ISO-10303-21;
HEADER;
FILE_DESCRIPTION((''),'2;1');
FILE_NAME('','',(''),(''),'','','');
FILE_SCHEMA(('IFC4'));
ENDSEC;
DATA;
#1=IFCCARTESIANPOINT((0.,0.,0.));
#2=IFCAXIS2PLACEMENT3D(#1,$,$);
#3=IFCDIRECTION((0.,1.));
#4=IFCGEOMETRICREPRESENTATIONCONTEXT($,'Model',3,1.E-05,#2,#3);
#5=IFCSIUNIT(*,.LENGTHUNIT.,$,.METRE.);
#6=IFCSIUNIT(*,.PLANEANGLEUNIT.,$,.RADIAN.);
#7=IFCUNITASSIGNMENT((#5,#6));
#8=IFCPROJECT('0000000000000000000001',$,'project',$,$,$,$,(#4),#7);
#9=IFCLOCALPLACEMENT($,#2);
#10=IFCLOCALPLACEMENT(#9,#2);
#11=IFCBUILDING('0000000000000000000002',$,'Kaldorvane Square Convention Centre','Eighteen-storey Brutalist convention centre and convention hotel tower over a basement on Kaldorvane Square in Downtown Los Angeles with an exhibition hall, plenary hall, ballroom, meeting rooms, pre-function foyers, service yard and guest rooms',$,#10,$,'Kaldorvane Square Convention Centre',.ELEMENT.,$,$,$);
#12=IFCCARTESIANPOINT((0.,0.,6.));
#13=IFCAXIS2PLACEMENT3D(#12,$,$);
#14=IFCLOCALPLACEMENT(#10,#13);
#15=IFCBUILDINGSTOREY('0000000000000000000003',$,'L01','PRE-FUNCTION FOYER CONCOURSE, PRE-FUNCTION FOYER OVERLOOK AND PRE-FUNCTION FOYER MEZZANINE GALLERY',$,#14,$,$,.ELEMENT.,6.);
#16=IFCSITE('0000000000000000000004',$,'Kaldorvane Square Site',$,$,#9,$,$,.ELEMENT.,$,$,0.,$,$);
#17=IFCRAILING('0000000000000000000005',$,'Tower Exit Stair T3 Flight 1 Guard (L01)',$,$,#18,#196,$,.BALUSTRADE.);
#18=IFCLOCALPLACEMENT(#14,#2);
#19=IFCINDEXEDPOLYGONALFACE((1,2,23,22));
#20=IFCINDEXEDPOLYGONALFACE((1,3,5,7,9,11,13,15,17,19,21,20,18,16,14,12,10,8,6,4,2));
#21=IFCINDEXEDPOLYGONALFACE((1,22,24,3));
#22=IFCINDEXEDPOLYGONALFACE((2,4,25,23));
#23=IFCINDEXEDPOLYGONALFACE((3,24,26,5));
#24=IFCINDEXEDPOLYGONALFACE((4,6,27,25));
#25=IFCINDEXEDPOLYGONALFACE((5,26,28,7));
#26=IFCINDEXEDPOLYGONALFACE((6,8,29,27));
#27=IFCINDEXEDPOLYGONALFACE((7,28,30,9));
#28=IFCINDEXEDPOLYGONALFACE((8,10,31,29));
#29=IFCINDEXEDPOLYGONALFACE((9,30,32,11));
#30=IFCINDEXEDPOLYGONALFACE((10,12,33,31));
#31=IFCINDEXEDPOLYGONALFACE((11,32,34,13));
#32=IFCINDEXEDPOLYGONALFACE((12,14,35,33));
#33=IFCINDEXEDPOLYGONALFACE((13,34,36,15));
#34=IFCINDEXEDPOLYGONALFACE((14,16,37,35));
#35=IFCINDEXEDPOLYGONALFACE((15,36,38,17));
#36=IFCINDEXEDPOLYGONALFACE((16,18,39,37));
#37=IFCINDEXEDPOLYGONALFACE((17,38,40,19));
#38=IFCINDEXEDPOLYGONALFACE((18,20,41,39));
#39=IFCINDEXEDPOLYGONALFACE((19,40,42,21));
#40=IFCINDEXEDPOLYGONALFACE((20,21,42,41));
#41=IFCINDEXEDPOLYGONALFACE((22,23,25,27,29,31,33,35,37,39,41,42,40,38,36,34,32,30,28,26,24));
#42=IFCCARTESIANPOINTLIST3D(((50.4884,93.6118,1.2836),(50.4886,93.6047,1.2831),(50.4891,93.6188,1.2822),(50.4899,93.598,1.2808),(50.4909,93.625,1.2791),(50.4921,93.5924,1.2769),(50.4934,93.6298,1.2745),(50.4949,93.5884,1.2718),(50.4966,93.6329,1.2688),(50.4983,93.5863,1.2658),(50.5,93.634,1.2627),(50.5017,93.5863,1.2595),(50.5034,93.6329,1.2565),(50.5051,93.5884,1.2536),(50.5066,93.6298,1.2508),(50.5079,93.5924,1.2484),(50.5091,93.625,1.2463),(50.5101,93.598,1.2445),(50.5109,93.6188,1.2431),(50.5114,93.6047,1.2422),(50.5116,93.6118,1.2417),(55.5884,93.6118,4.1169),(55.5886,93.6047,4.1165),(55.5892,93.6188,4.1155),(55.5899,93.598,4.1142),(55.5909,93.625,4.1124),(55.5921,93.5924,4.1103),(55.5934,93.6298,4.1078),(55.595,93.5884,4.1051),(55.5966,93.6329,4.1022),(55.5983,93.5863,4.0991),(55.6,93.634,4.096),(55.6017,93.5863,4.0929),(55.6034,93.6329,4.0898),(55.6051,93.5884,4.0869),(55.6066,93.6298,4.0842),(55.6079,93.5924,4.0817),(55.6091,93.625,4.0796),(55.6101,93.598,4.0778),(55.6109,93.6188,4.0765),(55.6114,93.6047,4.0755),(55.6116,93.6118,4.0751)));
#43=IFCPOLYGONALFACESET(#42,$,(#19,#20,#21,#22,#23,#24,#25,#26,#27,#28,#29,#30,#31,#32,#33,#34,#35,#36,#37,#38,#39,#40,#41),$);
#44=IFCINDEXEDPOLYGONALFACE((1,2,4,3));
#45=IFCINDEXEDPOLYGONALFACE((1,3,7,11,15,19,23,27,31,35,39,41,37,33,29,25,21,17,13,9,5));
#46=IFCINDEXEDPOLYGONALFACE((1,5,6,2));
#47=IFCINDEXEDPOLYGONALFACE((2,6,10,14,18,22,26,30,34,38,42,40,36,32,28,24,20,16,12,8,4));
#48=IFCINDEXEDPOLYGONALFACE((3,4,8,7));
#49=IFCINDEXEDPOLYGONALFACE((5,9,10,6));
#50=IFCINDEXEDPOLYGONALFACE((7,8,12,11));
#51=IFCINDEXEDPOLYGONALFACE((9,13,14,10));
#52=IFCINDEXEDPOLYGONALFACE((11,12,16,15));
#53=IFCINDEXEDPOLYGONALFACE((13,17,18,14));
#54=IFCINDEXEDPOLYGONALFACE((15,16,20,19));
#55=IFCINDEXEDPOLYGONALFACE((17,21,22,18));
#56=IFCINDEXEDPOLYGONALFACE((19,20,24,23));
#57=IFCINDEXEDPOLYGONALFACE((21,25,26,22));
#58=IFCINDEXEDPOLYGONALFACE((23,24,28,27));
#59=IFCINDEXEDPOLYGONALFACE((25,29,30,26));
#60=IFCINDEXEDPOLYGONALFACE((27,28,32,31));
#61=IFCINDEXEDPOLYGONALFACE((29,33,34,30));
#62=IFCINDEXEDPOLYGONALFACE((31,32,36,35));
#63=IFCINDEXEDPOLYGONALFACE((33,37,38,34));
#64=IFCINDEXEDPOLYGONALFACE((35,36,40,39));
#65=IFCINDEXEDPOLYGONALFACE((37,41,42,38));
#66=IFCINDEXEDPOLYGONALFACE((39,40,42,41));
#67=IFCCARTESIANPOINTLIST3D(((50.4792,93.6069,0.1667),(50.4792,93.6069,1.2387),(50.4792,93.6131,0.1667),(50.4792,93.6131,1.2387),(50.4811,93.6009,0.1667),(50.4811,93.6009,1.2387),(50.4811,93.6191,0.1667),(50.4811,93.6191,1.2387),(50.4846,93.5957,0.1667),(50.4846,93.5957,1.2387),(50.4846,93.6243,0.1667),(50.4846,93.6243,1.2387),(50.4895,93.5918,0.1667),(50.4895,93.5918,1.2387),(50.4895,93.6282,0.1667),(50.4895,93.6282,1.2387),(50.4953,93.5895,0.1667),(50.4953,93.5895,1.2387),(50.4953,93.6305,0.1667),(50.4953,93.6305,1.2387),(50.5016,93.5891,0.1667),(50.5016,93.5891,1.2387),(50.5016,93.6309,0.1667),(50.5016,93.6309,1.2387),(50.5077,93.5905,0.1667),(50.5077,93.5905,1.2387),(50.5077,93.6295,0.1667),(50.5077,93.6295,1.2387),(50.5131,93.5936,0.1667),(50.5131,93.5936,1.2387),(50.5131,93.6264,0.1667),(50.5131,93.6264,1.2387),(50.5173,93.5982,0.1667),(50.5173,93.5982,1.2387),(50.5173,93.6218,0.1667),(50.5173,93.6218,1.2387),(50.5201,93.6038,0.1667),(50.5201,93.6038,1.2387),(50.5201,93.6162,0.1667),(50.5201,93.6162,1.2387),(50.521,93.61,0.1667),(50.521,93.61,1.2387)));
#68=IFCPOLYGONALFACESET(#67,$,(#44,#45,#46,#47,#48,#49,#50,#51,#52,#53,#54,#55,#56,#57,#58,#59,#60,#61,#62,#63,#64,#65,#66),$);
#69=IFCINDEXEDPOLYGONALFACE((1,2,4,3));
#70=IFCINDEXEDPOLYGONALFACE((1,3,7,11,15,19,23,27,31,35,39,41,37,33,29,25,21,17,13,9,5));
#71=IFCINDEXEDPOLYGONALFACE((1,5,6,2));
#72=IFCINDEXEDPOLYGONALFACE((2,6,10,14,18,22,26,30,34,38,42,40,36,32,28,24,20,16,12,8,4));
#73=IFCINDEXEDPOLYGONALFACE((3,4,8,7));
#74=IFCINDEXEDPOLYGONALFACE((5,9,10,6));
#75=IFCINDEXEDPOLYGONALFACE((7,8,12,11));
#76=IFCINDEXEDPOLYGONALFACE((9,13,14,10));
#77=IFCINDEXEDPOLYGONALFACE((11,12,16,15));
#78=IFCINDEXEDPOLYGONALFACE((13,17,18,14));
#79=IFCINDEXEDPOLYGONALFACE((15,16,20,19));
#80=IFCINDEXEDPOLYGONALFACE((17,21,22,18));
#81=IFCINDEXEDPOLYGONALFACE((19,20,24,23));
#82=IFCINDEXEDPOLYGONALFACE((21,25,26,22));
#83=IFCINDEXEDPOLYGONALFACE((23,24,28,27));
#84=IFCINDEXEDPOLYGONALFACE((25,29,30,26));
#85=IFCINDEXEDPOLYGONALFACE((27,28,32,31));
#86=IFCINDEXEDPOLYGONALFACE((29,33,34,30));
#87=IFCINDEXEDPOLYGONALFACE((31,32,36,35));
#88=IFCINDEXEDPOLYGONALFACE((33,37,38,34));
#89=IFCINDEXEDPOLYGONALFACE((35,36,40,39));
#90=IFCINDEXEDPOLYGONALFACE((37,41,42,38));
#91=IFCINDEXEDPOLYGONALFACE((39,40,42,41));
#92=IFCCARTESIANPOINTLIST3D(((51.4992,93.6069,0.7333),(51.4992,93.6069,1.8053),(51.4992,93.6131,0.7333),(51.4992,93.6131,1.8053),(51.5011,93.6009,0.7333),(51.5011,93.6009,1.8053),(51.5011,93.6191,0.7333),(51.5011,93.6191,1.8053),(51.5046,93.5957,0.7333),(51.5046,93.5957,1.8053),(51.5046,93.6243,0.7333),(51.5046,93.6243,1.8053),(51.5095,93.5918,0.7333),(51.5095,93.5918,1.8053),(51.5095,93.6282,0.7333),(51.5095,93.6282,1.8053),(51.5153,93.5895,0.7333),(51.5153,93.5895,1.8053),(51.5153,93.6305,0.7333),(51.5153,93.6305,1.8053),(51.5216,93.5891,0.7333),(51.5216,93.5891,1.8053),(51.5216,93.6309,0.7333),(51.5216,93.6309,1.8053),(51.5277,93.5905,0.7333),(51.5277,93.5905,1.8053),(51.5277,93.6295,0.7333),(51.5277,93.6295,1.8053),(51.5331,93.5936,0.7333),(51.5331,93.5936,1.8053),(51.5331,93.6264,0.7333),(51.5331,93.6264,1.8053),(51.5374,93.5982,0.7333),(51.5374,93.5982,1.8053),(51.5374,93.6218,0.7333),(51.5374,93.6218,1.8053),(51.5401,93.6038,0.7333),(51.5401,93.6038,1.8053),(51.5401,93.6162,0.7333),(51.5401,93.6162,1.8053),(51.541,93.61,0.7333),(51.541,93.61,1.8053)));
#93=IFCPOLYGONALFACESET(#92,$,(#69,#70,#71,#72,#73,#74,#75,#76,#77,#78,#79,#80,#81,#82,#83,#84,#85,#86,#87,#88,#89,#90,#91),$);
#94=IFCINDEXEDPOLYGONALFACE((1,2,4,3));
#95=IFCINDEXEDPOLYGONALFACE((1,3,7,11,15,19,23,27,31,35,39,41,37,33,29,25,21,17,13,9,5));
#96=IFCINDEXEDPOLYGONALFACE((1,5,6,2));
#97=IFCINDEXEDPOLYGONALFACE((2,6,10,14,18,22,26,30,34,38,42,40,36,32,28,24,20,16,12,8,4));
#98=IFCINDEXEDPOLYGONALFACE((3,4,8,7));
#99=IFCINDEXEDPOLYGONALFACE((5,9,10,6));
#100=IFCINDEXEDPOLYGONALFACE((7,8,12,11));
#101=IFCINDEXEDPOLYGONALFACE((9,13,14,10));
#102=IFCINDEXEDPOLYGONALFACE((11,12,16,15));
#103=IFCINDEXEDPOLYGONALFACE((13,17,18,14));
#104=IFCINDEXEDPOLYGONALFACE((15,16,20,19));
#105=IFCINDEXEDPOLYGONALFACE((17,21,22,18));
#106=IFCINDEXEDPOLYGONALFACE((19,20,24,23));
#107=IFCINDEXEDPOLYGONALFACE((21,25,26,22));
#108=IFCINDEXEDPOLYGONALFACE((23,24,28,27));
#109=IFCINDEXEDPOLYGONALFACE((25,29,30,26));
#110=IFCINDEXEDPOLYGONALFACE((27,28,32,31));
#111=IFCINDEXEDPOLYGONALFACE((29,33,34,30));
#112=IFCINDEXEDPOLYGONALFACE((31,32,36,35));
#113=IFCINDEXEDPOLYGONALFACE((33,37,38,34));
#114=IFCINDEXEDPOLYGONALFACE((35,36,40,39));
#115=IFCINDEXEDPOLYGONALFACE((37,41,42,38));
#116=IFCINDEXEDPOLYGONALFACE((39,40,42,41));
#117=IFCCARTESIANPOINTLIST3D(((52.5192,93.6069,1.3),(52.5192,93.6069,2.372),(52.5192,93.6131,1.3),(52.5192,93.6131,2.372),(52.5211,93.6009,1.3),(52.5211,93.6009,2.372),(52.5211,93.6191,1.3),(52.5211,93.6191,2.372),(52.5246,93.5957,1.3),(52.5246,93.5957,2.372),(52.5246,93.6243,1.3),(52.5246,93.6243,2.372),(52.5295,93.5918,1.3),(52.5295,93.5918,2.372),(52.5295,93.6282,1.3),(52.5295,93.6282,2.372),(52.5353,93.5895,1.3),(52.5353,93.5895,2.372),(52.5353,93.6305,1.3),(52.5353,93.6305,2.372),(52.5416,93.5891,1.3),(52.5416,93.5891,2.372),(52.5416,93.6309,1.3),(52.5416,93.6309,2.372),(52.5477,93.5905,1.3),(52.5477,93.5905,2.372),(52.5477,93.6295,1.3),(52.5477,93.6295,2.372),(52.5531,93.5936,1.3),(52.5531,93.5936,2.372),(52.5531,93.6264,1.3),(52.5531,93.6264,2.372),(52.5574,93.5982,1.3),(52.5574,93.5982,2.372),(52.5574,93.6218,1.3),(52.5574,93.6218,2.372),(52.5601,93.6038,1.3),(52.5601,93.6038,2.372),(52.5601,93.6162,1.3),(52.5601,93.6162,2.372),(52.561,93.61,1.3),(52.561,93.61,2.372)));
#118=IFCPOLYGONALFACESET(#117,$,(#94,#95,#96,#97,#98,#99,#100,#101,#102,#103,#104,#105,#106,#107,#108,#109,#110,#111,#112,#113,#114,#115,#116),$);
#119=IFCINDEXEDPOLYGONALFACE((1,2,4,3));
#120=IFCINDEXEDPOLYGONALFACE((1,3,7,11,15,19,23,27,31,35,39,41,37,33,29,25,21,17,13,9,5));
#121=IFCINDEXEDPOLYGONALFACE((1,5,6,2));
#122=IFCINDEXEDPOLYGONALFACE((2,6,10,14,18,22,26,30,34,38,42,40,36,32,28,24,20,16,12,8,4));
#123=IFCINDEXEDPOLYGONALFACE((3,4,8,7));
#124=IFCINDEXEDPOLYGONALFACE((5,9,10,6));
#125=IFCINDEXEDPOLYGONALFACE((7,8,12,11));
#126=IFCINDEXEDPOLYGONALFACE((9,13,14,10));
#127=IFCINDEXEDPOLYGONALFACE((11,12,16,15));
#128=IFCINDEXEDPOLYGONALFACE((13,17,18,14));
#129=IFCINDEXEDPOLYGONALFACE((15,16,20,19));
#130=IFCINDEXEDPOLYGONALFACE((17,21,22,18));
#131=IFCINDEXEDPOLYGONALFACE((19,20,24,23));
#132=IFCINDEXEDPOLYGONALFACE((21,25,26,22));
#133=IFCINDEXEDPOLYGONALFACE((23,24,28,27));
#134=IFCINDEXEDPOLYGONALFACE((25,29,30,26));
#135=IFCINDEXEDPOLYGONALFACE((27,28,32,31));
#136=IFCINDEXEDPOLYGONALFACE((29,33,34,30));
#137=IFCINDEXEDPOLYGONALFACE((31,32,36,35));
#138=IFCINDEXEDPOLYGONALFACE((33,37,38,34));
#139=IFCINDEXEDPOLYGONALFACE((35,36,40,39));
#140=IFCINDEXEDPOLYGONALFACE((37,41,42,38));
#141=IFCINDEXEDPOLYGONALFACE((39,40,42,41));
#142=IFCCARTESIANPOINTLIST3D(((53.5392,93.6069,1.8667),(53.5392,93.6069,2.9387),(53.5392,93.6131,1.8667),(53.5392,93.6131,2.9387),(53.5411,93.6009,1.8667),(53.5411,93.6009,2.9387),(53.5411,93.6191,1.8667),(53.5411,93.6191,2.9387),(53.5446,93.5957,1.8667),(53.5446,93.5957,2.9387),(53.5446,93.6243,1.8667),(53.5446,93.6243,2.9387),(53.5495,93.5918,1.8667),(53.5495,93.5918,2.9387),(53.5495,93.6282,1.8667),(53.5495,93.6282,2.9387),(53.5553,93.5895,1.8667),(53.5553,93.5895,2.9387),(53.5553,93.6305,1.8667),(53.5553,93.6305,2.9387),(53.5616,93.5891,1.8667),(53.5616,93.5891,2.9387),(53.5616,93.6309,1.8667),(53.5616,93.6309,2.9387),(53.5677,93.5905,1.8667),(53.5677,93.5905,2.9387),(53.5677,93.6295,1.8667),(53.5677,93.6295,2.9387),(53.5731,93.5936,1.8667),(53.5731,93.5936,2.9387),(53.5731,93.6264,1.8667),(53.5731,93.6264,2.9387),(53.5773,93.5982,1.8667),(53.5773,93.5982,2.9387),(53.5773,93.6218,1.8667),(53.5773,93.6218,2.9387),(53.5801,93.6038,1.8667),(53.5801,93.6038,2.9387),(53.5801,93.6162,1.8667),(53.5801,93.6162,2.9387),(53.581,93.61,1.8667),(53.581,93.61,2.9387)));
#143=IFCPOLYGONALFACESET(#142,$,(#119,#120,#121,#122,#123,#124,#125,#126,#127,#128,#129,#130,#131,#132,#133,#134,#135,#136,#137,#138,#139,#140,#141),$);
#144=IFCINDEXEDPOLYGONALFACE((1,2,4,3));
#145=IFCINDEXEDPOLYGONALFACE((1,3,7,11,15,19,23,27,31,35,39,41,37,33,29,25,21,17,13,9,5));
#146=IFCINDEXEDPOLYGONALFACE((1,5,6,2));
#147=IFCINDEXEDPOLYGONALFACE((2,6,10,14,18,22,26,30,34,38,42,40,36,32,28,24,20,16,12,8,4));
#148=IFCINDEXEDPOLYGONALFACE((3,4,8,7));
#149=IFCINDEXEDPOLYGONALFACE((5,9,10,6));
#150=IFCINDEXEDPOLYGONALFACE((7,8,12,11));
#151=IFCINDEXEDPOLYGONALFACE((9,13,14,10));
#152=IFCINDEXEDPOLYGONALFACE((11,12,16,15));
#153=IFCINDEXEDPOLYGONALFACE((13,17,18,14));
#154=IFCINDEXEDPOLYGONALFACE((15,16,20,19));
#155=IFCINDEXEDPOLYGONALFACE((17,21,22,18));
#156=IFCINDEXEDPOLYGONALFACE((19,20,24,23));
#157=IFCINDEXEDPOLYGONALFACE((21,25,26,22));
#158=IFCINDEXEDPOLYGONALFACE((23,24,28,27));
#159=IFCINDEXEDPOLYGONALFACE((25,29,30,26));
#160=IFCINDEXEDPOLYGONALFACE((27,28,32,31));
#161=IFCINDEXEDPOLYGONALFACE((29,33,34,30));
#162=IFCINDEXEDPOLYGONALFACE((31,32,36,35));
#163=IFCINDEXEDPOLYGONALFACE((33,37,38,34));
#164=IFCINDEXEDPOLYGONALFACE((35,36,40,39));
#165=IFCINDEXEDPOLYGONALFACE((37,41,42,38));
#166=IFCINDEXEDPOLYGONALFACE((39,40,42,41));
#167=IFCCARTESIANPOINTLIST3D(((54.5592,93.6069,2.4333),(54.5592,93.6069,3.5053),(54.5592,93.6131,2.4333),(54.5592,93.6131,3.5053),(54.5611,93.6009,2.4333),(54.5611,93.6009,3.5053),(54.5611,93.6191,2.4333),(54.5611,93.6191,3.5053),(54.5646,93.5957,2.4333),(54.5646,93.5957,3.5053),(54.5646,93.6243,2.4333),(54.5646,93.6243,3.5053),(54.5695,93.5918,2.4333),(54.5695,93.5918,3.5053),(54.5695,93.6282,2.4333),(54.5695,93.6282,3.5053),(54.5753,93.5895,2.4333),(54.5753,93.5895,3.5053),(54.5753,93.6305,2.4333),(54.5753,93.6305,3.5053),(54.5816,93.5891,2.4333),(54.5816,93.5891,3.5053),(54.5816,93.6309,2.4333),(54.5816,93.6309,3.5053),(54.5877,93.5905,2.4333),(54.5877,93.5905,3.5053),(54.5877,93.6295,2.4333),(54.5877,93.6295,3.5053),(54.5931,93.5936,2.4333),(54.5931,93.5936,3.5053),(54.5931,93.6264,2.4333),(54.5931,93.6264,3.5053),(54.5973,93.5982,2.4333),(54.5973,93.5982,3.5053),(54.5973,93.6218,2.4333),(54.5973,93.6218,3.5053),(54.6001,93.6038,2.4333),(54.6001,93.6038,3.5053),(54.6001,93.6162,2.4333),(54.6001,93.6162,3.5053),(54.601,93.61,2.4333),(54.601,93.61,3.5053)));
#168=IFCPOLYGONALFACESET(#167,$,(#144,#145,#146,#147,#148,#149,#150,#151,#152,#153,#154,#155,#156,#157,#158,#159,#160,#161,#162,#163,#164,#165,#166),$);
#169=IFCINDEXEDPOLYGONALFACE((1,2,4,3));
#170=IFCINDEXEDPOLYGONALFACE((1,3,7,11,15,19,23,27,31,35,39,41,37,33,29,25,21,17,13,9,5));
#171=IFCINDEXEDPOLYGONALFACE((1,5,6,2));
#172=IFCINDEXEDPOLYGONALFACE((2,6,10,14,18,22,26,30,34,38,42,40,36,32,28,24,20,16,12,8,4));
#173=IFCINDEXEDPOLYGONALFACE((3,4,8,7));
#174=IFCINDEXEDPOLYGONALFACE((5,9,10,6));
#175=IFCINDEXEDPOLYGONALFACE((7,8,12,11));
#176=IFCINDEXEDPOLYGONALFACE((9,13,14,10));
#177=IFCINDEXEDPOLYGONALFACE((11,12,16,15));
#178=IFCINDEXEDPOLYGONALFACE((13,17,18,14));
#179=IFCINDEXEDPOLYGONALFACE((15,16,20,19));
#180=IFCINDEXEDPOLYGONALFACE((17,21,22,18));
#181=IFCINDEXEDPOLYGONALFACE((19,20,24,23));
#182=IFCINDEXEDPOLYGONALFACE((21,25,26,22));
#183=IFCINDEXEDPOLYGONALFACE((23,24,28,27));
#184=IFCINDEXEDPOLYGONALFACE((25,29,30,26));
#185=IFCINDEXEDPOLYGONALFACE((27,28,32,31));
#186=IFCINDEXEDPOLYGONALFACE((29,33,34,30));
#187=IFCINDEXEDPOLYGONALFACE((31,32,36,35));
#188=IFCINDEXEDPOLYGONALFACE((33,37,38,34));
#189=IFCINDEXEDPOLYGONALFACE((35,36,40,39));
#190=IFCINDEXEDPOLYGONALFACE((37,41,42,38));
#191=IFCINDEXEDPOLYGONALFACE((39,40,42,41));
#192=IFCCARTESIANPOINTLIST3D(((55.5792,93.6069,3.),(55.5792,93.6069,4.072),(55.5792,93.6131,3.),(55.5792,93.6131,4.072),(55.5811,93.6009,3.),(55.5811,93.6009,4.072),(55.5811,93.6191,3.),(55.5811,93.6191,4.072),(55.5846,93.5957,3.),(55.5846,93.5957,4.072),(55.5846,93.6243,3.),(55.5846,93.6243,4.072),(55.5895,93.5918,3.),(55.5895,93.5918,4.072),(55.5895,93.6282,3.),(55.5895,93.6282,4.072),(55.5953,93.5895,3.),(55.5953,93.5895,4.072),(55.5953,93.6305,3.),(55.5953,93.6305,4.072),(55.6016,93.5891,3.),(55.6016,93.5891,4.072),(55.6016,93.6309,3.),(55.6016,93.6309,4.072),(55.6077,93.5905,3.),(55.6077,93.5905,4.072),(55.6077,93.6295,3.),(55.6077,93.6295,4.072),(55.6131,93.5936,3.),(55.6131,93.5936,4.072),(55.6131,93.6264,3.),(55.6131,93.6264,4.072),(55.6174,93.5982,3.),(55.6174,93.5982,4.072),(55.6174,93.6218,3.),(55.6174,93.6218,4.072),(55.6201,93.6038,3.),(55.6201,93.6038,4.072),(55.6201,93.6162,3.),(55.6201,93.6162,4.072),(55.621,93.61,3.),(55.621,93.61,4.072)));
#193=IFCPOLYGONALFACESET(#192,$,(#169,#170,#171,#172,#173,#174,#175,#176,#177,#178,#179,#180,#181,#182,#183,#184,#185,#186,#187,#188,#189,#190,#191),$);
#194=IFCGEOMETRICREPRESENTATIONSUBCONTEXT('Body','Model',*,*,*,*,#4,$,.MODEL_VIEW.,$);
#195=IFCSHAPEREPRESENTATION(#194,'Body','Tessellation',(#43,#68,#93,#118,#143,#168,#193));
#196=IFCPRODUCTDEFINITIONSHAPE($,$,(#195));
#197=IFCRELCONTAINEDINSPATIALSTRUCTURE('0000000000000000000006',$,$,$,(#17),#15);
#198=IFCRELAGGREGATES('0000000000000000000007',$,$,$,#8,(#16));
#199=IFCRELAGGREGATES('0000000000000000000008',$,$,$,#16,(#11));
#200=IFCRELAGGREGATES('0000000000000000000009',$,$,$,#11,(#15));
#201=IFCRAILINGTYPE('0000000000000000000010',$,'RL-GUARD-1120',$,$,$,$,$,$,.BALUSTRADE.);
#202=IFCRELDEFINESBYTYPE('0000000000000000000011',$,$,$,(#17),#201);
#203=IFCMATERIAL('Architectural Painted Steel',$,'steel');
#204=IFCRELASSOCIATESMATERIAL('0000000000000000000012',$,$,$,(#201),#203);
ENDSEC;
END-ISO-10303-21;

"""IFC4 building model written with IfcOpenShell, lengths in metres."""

from ifc_helpers import new_model, si_unit, direction, frame, origin, origin_2d, place, context, subcontext, project, spatial, circle, extrude, material, type_object, element, save


model = new_model("IFC4")

# Units and contexts
model_context = context("Model", 3, precision=1e-05, world=origin(), true_north=direction((0.0, 1.0)))
body_context = subcontext(model_context, "Body", "Model", "MODEL_VIEW")
ifc_project = project(units=[si_unit("LENGTHUNIT", "METRE"), si_unit("PLANEANGLEUNIT", "RADIAN")], contexts=[model_context])

# Site, building, storey
site_placement = place(None, origin())
site = spatial("IfcSite", under=ifc_project, at=site_placement, Name="Kaldorvane Square Site", CompositionType="ELEMENT", RefElevation=0.0)
building_placement = place(site_placement, origin())
building = spatial("IfcBuilding", under=site, at=building_placement, Name="Kaldorvane Square Convention Centre", Description="Eighteen-storey Brutalist convention centre and convention hotel tower over a basement on Kaldorvane Square in Downtown Los Angeles with an exhibition hall, plenary hall, ballroom, meeting rooms, pre-function foyers, service yard and guest rooms", LongName="Kaldorvane Square Convention Centre", CompositionType="ELEMENT")
storey_placement = place(building_placement, frame((0.0, 0.0, 6.0)))
storey = spatial("IfcBuildingStorey", under=building, at=storey_placement, Name="L01", Description="PRE-FUNCTION FOYER CONCOURSE, PRE-FUNCTION FOYER OVERLOOK AND PRE-FUNCTION FOYER MEZZANINE GALLERY", CompositionType="ELEMENT", Elevation=6.0)

# Railing
ifc_material_1 = material(Name="Architectural Painted Steel", Category="steel")
railing_type_1 = type_object("IfcRailingType", Name="RL-GUARD-1120", PredefinedType="BALUSTRADE", material=ifc_material_1)
railing_1_placement = place(storey_placement, frame((50.5, 93.61, 0.1667)))
element("IfcRailing", 1, at=railing_1_placement, inside=storey, type_object=railing_type_1, Name="Tower Exit Stair T3 Flight 1 Guard (L01)", PredefinedType="BALUSTRADE", context=body_context, shape_type="SweptSolid", body=[
    extrude(circle(Radius=0.024, at=origin_2d()), frame((0.0, 0.0, 1.096), z_axis=(0.874158, 0.0, 0.485642), x_axis=(0.0, 1.0, 0.0)), (0.0, 0.0, 1.0), 5.8342),
    extrude(circle(Radius=0.021, at=origin_2d()), origin(), (0.0, 0.0, 1.0), 1.072),
    extrude(circle(Radius=0.021, at=origin_2d()), frame((1.02, 0.0, 0.5667)), (0.0, 0.0, 1.0), 1.072),
    extrude(circle(Radius=0.021, at=origin_2d()), frame((2.04, 0.0, 1.1333)), (0.0, 0.0, 1.0), 1.072),
    extrude(circle(Radius=0.021, at=origin_2d()), frame((3.06, 0.0, 1.7)), (0.0, 0.0, 1.0), 1.072),
    extrude(circle(Radius=0.021, at=origin_2d()), frame((4.08, 0.0, 2.2667)), (0.0, 0.0, 1.0), 1.072),
    extrude(circle(Radius=0.021, at=origin_2d()), frame((5.1, 0.0, 2.8333)), (0.0, 0.0, 1.0), 1.072),
])

save(model, "model.ifc")
